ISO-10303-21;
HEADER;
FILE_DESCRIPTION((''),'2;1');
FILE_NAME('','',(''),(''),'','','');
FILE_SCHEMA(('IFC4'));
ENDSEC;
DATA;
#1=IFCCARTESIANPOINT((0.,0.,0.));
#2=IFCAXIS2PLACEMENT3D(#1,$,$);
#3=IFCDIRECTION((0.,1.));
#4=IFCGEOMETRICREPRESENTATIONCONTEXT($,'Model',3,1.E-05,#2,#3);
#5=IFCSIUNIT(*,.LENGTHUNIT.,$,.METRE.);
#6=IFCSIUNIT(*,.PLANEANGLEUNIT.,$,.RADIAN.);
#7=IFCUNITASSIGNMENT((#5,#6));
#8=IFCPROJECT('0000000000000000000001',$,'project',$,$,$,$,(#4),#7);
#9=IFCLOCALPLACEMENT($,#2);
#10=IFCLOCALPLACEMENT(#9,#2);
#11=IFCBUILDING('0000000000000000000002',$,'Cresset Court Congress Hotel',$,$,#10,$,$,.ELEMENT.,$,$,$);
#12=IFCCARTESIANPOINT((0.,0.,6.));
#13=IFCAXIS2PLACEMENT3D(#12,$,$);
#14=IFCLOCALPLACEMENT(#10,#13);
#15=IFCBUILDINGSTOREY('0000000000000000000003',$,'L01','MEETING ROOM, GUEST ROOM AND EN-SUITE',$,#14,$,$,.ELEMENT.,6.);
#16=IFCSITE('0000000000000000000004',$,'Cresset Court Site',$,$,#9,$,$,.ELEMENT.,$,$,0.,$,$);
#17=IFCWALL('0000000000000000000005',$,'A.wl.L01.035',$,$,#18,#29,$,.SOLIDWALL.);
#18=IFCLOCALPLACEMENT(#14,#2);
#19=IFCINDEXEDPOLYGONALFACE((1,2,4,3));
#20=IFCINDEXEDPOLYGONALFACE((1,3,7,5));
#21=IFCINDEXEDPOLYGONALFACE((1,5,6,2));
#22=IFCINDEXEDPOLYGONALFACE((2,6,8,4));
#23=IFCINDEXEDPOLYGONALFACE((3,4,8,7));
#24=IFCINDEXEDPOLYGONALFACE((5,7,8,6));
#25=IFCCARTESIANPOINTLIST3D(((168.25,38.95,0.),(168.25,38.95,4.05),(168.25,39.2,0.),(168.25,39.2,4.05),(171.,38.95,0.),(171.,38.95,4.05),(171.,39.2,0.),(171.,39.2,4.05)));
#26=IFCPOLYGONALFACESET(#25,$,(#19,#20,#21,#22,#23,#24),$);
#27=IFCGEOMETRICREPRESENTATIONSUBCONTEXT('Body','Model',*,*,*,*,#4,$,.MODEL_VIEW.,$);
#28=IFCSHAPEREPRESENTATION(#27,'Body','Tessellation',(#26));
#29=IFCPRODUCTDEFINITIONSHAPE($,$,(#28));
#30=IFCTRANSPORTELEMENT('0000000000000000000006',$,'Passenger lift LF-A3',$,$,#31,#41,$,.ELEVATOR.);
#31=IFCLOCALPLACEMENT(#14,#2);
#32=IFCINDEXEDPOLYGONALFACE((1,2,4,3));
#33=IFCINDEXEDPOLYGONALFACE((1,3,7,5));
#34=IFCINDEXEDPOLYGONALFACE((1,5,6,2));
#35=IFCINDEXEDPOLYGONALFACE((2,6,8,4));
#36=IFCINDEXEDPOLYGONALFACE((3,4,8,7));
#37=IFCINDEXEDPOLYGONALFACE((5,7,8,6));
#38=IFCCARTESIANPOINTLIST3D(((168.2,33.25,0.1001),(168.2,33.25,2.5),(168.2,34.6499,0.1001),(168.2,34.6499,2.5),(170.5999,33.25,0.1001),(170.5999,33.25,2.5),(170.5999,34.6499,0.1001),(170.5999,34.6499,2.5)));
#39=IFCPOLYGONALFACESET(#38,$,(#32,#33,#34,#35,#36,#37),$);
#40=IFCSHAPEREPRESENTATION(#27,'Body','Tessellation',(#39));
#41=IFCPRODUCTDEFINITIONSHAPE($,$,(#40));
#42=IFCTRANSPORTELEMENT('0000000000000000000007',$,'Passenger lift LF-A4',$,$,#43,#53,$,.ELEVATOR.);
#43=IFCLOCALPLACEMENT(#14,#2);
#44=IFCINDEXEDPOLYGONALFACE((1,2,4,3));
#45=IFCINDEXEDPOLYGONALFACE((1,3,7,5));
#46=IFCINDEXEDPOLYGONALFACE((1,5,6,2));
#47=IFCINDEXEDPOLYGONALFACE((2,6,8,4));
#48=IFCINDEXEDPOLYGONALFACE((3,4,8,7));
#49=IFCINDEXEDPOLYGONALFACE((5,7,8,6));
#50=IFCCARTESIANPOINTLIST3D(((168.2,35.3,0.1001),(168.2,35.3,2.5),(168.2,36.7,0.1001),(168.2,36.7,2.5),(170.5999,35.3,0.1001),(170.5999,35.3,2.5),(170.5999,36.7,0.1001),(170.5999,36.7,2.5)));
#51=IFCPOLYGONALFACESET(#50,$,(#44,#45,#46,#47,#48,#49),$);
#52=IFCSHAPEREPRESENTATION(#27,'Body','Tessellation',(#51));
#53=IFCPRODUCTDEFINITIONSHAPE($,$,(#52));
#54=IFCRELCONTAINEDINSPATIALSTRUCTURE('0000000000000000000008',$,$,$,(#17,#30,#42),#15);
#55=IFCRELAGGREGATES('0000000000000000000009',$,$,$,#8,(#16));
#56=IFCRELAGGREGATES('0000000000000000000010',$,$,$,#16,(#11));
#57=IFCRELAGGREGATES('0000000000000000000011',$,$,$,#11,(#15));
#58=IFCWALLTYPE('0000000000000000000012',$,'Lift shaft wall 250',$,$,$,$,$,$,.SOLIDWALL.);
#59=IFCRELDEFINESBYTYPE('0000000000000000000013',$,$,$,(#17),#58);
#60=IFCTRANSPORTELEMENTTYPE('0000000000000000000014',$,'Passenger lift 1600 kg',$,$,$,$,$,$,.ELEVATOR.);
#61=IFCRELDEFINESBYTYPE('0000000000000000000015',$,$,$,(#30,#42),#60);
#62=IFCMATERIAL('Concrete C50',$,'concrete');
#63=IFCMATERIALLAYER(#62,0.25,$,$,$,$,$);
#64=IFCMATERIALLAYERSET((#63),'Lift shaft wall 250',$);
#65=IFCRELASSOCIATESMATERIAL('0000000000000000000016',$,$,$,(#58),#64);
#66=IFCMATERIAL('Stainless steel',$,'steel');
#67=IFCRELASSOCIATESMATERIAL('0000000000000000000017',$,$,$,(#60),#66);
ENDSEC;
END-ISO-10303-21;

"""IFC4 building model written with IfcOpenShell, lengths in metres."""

from ifc_helpers import new_model, si_unit, direction, frame, frame_2d, origin, origin_2d, place, context, subcontext, project, spatial, rectangle, extrude, material, layer, layer_set, type_object, element, save


model = new_model("IFC4")

# Units and contexts
model_context = context("Model", 3, precision=1e-05, world=origin(), true_north=direction((0.0, 1.0)))
body_context = subcontext(model_context, "Body", "Model", "MODEL_VIEW")
ifc_project = project(units=[si_unit("LENGTHUNIT", "METRE"), si_unit("PLANEANGLEUNIT", "RADIAN")], contexts=[model_context])

# Site, building, storey
site_placement = place(None, origin())
site = spatial("IfcSite", under=ifc_project, at=site_placement, Name="Cresset Court Site", CompositionType="ELEMENT", RefElevation=0.0)
building_placement = place(site_placement, origin())
building = spatial("IfcBuilding", under=site, at=building_placement, Name="Cresset Court Congress Hotel", CompositionType="ELEMENT")
storey_placement = place(building_placement, frame((0.0, 0.0, 6.0)))
storey = spatial("IfcBuildingStorey", under=building, at=storey_placement, Name="L01", Description="MEETING ROOM, GUEST ROOM AND EN-SUITE", CompositionType="ELEMENT", Elevation=6.0)

# Wall
ifc_material_1 = material(Name="Concrete C50", Category="concrete")
ifc_layer_1 = layer(ifc_material_1, 0.25)
ifc_layer_set_1 = layer_set([ifc_layer_1], Name="Lift shaft wall 250")
wall_type_1 = type_object("IfcWallType", Name="Lift shaft wall 250", PredefinedType="SOLIDWALL", material=ifc_layer_set_1)
for number, where, z_axis, x_axis, name in (
    (1, (168.25, 39.075, 0.0), (0.0, 0.0, 1.0), (1.0, 0.0, 0.0), "A.wl.L01.035"),
):
    element("IfcWall", number, at=place(storey_placement, frame(where, z_axis=z_axis, x_axis=x_axis)), inside=storey, type_object=wall_type_1, Name=name, PredefinedType="SOLIDWALL", context=body_context, shape_type="SweptSolid", body=[
        extrude(rectangle(XDim=2.75, YDim=0.25, at=frame_2d((1.375, 0.0))), origin(), (0.0, 0.0, 1.0), 4.05),
    ])

# Transport elements
ifc_material_2 = material(Name="Stainless steel", Category="steel")
transport_element_type = type_object("IfcTransportElementType", Name="Passenger lift 1600 kg", PredefinedType="ELEVATOR", material=ifc_material_2)
for number, where, z_axis, x_axis, name in (
    (2, (169.3999, 33.95, 0.1001), (0.0, 0.0, 1.0), (1.0, 0.0, 0.0), "Passenger lift LF-A3"),
    (3, (169.3999, 36.0, 0.1001), (0.0, 0.0, 1.0), (1.0, 0.0, 0.0), "Passenger lift LF-A4"),
):
    element("IfcTransportElement", number, at=place(storey_placement, frame(where, z_axis=z_axis, x_axis=x_axis)), inside=storey, type_object=transport_element_type, Name=name, PredefinedType="ELEVATOR", context=body_context, shape_type="SweptSolid", body=[
        extrude(rectangle(XDim=2.3999, YDim=1.3999, at=origin_2d()), origin(), (0.0, 0.0, 1.0), 2.3999),
    ])

save(model, "model.ifc")
